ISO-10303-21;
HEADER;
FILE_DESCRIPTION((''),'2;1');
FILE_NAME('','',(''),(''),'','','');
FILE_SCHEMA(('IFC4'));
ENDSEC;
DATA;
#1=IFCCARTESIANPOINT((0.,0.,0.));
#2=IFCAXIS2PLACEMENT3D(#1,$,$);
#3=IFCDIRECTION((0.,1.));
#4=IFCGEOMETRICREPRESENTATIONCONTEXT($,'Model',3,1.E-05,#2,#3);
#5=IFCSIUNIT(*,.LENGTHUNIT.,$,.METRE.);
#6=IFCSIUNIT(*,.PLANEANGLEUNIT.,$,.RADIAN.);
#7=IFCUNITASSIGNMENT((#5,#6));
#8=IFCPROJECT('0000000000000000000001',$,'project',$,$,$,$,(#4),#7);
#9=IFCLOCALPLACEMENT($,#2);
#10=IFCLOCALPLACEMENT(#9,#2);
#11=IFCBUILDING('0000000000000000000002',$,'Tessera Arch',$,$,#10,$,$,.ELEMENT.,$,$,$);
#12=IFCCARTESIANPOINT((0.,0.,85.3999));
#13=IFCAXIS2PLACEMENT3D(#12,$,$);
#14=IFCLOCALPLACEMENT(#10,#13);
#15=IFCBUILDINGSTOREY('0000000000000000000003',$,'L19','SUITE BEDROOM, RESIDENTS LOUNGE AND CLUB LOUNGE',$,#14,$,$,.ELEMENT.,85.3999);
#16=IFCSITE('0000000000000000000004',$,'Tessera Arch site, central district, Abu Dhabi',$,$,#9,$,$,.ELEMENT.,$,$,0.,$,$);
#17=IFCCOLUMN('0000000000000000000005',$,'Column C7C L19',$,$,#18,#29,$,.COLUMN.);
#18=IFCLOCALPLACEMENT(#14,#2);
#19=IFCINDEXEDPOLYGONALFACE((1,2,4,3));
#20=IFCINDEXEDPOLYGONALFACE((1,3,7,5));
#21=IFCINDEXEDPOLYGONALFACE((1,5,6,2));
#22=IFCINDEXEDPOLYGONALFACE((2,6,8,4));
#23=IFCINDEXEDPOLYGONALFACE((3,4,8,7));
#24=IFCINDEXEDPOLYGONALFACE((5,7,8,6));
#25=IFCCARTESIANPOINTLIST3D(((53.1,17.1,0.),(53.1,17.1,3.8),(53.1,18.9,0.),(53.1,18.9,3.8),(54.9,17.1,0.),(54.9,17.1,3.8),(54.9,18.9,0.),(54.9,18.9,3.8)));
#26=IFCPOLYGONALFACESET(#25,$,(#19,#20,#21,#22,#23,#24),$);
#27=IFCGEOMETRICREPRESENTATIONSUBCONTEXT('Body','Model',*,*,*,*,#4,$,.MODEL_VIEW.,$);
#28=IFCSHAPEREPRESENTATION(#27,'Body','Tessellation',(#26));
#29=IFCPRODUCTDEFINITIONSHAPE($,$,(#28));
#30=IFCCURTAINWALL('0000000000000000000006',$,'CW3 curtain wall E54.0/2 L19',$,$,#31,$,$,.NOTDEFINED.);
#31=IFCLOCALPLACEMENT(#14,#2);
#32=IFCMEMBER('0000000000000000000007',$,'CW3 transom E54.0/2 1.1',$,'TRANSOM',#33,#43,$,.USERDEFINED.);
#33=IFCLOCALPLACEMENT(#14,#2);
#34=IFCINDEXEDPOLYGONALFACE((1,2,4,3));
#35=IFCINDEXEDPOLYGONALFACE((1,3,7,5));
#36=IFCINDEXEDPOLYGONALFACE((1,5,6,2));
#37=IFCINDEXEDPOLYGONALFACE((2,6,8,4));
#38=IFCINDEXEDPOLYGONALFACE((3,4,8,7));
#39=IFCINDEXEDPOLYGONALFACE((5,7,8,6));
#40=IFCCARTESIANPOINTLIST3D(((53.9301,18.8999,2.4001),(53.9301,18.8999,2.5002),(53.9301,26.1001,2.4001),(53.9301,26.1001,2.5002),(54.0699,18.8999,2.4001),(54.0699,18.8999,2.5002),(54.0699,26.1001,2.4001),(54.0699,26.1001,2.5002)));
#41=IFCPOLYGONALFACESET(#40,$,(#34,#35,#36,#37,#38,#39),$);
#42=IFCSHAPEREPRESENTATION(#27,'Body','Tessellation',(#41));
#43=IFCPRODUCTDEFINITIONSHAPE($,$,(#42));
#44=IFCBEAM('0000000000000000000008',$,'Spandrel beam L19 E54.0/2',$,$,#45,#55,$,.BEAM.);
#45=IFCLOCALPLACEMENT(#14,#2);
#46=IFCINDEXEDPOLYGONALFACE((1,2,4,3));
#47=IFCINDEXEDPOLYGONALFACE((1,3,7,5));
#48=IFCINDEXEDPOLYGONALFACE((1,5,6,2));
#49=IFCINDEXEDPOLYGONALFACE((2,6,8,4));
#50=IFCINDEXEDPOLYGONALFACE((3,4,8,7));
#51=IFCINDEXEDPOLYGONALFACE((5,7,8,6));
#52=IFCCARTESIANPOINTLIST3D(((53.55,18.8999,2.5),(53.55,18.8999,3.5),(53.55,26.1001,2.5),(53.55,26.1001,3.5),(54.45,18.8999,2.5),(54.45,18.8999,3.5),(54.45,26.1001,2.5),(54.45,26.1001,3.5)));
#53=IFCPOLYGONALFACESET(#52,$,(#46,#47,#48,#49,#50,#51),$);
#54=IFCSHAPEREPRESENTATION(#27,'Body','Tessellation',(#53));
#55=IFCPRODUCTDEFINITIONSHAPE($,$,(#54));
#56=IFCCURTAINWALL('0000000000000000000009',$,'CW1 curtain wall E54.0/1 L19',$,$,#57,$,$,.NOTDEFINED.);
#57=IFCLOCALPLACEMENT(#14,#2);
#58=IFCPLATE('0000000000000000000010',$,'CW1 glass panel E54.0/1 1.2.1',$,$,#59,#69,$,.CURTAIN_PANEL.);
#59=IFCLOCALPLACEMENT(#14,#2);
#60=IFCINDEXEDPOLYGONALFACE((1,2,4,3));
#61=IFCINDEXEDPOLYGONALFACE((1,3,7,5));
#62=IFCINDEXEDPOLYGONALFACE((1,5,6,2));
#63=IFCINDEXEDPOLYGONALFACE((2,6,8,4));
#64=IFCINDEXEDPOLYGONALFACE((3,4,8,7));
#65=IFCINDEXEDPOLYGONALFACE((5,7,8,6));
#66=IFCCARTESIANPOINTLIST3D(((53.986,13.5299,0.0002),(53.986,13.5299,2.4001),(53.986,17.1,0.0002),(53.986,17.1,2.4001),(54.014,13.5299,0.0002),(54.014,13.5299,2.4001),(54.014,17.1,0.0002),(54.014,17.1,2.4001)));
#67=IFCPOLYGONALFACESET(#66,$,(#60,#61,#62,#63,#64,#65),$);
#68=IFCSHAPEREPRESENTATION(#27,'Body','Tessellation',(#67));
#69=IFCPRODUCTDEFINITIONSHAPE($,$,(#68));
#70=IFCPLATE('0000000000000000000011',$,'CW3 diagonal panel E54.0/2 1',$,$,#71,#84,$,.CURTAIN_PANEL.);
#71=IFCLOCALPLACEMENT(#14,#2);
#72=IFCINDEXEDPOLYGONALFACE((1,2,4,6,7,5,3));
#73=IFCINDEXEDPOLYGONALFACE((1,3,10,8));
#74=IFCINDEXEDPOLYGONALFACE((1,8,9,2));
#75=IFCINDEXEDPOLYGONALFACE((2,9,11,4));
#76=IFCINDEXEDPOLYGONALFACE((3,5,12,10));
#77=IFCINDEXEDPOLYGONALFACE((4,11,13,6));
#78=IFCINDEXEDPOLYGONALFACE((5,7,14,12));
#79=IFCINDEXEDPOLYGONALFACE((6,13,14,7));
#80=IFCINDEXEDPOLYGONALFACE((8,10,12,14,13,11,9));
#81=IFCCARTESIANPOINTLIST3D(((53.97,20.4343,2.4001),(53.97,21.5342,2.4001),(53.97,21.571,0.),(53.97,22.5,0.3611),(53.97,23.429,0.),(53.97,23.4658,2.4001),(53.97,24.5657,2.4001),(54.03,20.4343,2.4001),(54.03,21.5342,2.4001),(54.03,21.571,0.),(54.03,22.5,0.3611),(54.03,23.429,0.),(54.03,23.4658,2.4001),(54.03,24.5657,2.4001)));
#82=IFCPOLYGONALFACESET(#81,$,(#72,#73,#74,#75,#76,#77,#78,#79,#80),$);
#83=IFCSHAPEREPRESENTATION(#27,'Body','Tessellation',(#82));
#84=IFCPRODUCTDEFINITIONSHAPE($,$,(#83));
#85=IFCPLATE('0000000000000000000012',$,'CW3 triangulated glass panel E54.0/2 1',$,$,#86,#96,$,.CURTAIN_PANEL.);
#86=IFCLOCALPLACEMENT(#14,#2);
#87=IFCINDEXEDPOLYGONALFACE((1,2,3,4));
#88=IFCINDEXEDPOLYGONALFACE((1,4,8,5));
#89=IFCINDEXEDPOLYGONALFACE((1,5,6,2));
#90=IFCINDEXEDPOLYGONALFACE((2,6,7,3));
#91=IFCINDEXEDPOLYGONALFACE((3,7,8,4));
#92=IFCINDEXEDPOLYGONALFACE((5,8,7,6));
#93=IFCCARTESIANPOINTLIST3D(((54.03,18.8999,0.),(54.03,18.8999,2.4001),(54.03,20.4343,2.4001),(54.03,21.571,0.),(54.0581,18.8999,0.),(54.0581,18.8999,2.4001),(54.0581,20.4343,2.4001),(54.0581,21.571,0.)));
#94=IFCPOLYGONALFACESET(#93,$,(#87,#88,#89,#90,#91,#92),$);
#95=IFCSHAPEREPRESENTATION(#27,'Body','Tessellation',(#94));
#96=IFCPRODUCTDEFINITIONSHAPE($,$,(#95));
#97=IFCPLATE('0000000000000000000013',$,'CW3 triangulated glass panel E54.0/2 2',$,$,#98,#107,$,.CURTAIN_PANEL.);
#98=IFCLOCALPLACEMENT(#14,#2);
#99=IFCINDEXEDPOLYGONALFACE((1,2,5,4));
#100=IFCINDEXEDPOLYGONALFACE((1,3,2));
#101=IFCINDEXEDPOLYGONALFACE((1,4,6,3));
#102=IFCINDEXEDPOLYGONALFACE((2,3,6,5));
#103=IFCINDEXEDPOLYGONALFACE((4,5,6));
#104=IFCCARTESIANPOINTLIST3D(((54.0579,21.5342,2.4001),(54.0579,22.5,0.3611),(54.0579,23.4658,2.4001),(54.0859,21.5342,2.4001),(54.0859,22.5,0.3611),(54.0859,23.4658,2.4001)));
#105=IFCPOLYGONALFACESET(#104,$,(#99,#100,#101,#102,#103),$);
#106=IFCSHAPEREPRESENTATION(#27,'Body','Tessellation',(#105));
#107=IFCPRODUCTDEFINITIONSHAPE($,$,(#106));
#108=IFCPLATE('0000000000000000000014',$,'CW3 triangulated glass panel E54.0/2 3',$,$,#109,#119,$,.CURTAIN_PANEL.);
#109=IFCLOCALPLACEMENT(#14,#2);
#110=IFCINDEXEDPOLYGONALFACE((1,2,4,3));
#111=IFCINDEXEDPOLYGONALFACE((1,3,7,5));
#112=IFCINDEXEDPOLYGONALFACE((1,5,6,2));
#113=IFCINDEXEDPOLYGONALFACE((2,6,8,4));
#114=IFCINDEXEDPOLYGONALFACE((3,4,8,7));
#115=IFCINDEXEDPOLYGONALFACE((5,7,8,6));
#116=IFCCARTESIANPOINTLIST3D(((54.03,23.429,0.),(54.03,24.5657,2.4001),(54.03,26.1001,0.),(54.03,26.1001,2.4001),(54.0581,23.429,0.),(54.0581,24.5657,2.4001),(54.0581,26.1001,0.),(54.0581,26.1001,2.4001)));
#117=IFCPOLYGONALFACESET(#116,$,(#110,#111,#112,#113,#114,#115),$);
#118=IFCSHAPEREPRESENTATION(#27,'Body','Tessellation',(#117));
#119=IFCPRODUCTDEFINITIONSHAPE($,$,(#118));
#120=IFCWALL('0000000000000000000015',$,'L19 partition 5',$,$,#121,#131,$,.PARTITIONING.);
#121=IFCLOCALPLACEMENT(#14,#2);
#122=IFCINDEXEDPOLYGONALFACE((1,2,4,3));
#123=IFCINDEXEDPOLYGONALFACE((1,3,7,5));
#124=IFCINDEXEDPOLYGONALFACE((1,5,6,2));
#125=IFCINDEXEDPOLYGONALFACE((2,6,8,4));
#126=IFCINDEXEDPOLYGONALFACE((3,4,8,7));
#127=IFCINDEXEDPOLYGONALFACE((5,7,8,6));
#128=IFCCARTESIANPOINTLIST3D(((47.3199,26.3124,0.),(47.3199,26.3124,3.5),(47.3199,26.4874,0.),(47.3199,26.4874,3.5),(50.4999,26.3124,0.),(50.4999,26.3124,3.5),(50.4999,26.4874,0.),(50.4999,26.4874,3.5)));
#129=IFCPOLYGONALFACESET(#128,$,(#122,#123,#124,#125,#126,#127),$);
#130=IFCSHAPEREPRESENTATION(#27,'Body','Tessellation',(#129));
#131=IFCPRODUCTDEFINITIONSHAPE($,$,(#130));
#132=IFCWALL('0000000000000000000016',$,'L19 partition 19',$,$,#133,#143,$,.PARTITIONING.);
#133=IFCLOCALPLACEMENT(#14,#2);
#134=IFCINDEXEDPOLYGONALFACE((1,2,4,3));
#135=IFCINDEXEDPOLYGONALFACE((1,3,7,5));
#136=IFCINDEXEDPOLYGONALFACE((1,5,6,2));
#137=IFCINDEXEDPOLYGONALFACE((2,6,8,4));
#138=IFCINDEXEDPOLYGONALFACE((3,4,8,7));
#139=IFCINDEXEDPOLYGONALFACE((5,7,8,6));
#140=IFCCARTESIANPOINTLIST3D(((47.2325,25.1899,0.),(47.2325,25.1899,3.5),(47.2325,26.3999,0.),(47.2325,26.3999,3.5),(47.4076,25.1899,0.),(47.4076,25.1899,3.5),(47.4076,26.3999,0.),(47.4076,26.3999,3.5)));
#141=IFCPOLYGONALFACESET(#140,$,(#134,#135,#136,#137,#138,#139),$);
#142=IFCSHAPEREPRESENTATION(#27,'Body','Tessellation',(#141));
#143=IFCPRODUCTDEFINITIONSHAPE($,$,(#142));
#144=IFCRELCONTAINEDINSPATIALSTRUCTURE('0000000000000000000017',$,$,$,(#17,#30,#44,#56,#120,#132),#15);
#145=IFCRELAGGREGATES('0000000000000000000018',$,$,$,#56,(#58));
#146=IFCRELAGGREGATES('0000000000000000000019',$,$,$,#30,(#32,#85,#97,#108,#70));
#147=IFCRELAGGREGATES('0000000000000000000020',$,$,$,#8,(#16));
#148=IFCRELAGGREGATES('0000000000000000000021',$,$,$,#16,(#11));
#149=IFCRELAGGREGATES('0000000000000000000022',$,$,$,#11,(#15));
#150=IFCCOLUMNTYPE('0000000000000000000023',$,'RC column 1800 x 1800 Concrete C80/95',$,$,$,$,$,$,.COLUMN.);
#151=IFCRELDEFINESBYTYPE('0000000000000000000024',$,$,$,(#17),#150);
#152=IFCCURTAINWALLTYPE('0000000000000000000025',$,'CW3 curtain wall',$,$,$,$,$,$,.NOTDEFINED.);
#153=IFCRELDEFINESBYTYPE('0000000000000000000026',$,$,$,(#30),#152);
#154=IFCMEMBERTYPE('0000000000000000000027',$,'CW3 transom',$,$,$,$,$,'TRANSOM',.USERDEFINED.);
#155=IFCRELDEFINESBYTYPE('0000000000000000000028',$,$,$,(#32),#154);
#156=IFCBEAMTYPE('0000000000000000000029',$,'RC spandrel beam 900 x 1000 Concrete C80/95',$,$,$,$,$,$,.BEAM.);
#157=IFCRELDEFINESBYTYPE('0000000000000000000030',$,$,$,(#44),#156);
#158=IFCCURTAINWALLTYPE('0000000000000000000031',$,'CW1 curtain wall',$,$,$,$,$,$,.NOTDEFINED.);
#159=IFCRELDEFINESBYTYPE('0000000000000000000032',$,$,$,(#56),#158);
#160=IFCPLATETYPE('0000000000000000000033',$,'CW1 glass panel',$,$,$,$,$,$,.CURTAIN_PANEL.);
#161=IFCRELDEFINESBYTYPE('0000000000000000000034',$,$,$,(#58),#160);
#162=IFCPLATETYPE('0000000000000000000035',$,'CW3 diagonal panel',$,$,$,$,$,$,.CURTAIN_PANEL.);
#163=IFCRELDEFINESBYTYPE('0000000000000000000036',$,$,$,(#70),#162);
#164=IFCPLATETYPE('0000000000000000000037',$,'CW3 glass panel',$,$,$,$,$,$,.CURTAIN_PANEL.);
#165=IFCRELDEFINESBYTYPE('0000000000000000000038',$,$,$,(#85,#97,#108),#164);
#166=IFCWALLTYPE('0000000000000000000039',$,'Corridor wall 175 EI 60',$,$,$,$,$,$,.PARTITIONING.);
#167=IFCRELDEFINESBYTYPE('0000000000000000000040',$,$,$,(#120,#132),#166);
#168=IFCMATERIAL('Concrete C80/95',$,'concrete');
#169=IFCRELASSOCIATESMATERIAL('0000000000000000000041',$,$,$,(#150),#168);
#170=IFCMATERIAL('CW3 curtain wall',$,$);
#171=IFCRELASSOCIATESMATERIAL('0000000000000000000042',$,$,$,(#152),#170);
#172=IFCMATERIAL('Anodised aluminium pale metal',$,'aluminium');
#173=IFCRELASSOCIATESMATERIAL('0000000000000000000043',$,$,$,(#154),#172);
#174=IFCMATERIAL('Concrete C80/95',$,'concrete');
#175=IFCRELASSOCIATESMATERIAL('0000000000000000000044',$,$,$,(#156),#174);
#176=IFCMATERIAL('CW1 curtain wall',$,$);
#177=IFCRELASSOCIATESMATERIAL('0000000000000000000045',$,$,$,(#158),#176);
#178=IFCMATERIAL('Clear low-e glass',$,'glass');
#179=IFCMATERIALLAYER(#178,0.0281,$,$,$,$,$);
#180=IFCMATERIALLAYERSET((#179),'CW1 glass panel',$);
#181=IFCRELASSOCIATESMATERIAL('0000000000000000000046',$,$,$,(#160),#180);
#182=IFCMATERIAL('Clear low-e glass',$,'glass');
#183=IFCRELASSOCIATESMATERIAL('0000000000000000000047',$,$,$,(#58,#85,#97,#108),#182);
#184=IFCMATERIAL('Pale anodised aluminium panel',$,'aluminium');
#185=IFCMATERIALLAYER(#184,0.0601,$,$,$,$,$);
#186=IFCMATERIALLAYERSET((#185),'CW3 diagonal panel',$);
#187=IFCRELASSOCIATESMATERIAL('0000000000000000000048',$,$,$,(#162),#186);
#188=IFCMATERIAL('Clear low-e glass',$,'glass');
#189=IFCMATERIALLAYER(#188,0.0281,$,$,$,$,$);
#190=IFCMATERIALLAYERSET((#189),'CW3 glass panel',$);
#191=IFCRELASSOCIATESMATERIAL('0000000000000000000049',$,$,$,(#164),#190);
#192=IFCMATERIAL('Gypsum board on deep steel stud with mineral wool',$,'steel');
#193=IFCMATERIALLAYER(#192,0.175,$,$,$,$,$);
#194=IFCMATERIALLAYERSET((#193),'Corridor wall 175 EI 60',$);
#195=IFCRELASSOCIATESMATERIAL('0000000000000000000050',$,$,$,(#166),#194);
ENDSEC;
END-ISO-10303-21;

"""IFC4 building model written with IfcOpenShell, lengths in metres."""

from ifc_helpers import new_model, si_unit, direction, frame, frame_2d, origin, origin_2d, place, context, subcontext, project, spatial, polyline, rectangle, outline, extrude, material, layer, layer_set, material_profile, profile_set, type_object, element, aggregate, save


model = new_model("IFC4")

# Units and contexts
model_context = context("Model", 3, precision=1e-05, world=origin(), true_north=direction((0.0, 1.0)))
body_context = subcontext(model_context, "Body", "Model", "MODEL_VIEW")
ifc_project = project(units=[si_unit("LENGTHUNIT", "METRE"), si_unit("PLANEANGLEUNIT", "RADIAN")], contexts=[model_context])

# Site, building, storey
site_placement = place(None, origin())
site = spatial("IfcSite", under=ifc_project, at=site_placement, Name="Tessera Arch site, central district, Abu Dhabi", CompositionType="ELEMENT", RefElevation=0.0)
building_placement = place(site_placement, origin())
building = spatial("IfcBuilding", under=site, at=building_placement, Name="Tessera Arch", CompositionType="ELEMENT")
storey_placement = place(building_placement, frame((0.0, 0.0, 85.3999)))
storey = spatial("IfcBuildingStorey", under=building, at=storey_placement, Name="L19", Description="SUITE BEDROOM, RESIDENTS LOUNGE AND CLUB LOUNGE", CompositionType="ELEMENT", Elevation=85.3999)

# Column
ifc_material_1 = material(Name="Concrete C80/95", Category="concrete")
ifc_material_profile_1 = material_profile(ifc_material_1, rectangle(XDim=1.8, YDim=1.8, at=origin_2d()), Name="RC column 1800 x 1800 Concrete C80/95")
ifc_profile_set_1 = profile_set([ifc_material_profile_1], Name="Concrete C80/95")
column_type = type_object("IfcColumnType", Name="RC column 1800 x 1800 Concrete C80/95", PredefinedType="COLUMN", material=ifc_profile_set_1)
column_placement = place(storey_placement, frame((54.0, 18.0, 0.0), z_axis=(0.0, 0.0, 1.0), x_axis=(1.0, 0.0, 0.0)))
element("IfcColumn", 1, at=column_placement, inside=storey, type_object=column_type, Name="Column C7C L19", PredefinedType="COLUMN", context=body_context, shape_type="SweptSolid", body=[
    extrude(rectangle(XDim=1.8, YDim=1.8, at=origin_2d()), origin(), (0.0, 0.0, 1.0), 3.8),
])

# Curtain wall, member
ifc_material_2 = material(Name="CW3 curtain wall")
curtain_wall_type_1 = type_object("IfcCurtainWallType", Name="CW3 curtain wall", PredefinedType="NOTDEFINED", material=ifc_material_2)
curtain_wall_1_placement = place(storey_placement, origin())
curtain_wall_1 = element("IfcCurtainWall", 2, at=curtain_wall_1_placement, inside=storey, type_object=curtain_wall_type_1, Name="CW3 curtain wall E54.0/2 L19", PredefinedType="NOTDEFINED")
ifc_material_3 = material(Name="Anodised aluminium pale metal", Category="aluminium")
ifc_material_profile_2 = material_profile(ifc_material_3, rectangle(XDim=0.1399, YDim=0.1001, at=origin_2d()), Name="AL 140x100")
ifc_profile_set_2 = profile_set([ifc_material_profile_2], Name="Anodised aluminium pale metal")
member_type = type_object("IfcMemberType", Name="CW3 transom", ElementType="TRANSOM", PredefinedType="USERDEFINED", material=ifc_profile_set_2)
member_placement = place(storey_placement, frame((54.0, 18.8999, 2.4502), z_axis=(0.0, 1.0, 0.0), x_axis=(-1.0, 0.0, 0.0)))
member = element("IfcMember", 3, at=member_placement, type_object=member_type, Name="CW3 transom E54.0/2 1.1", ObjectType="TRANSOM", PredefinedType="USERDEFINED", context=body_context, shape_type="SweptSolid", body=[
    extrude(rectangle(XDim=0.1399, YDim=0.1001, at=origin_2d()), origin(), (0.0, 0.0, 1.0), 7.2002),
])

# Beam
ifc_material_4 = material(Name="Concrete C80/95", Category="concrete")
ifc_material_profile_3 = material_profile(ifc_material_4, rectangle(XDim=0.8999, YDim=1.0, at=origin_2d()), Name="RC spandrel beam 900 x 1000 Concrete C80/95")
ifc_profile_set_3 = profile_set([ifc_material_profile_3], Name="Concrete C80/95")
beam_type = type_object("IfcBeamType", Name="RC spandrel beam 900 x 1000 Concrete C80/95", PredefinedType="BEAM", material=ifc_profile_set_3)
beam_placement = place(storey_placement, frame((54.0, 18.8999, 3.0), z_axis=(0.0, 1.0, 0.0), x_axis=(-1.0, 0.0, 0.0)))
element("IfcBeam", 4, at=beam_placement, inside=storey, type_object=beam_type, Name="Spandrel beam L19 E54.0/2", PredefinedType="BEAM", context=body_context, shape_type="SweptSolid", body=[
    extrude(rectangle(XDim=0.8999, YDim=1.0, at=origin_2d()), origin(), (0.0, 0.0, 1.0), 7.2002),
])

# Curtain wall, plate
ifc_material_5 = material(Name="CW1 curtain wall")
curtain_wall_type_2 = type_object("IfcCurtainWallType", Name="CW1 curtain wall", PredefinedType="NOTDEFINED", material=ifc_material_5)
curtain_wall_2_placement = place(storey_placement, origin())
curtain_wall_2 = element("IfcCurtainWall", 5, at=curtain_wall_2_placement, inside=storey, type_object=curtain_wall_type_2, Name="CW1 curtain wall E54.0/1 L19", PredefinedType="NOTDEFINED")
ifc_material_6 = material(Name="Clear low-e glass", Category="glass")
ifc_material_7 = material(Name="Clear low-e glass", Category="glass")
ifc_layer_1 = layer(ifc_material_7, 0.0281)
ifc_layer_set_1 = layer_set([ifc_layer_1], Name="CW1 glass panel")
plate_type_1 = type_object("IfcPlateType", Name="CW1 glass panel", PredefinedType="CURTAIN_PANEL", material=ifc_layer_set_1)
plate_1_placement = place(storey_placement, frame((54.0, 15.3149, 0.0002), z_axis=(0.0, 0.0, 1.0), x_axis=(0.0, 1.0, 0.0)))
plate_1 = element("IfcPlate", 6, at=plate_1_placement, type_object=plate_type_1, material=ifc_material_6, Name="CW1 glass panel E54.0/1 1.2.1", PredefinedType="CURTAIN_PANEL", context=body_context, shape_type="SweptSolid", body=[
    extrude(rectangle(XDim=3.5701, YDim=0.0281, at=origin_2d()), origin(), (0.0, 0.0, 1.0), 2.3999),
])
aggregate(curtain_wall_2, [plate_1])

# Plates
ifc_material_8 = material(Name="Pale anodised aluminium panel", Category="aluminium")
ifc_layer_2 = layer(ifc_material_8, 0.0601)
ifc_layer_set_2 = layer_set([ifc_layer_2], Name="CW3 diagonal panel")
plate_type_2 = type_object("IfcPlateType", Name="CW3 diagonal panel", PredefinedType="CURTAIN_PANEL", material=ifc_layer_set_2)
plate_2_placement = place(storey_placement, frame((54.03, 24.5657, 2.4001), z_axis=(1.0, 0.0, 0.0), x_axis=(0.0, -1.0, 0.0)))
plate_2 = element("IfcPlate", 7, at=plate_2_placement, type_object=plate_type_2, Name="CW3 diagonal panel E54.0/2 1", PredefinedType="CURTAIN_PANEL", context=body_context, shape_type="SweptSolid", body=[
    extrude(outline(polyline([(0.0, 0.0), (1.0999, 0.0), (2.0657, 2.0391), (3.0315, 0.0), (4.1313, 0.0), (2.9946, 2.4001), (1.1367, 2.4001), (0.0, 0.0)])), origin(), (0.0, 0.0, -1.0), 0.0601),
])
ifc_material_9 = material(Name="Clear low-e glass", Category="glass")
ifc_layer_3 = layer(ifc_material_9, 0.0281)
ifc_layer_set_3 = layer_set([ifc_layer_3], Name="CW3 glass panel")
plate_type_3 = type_object("IfcPlateType", Name="CW3 glass panel", PredefinedType="CURTAIN_PANEL", material=ifc_layer_set_3)
plate_3_placement = place(storey_placement, frame((54.0581, 18.8999, 0.0), z_axis=(1.0, 0.0, 0.0), x_axis=(0.0, 1.0, 0.0)))
plate_3 = element("IfcPlate", 8, at=plate_3_placement, type_object=plate_type_3, material=ifc_material_6, Name="CW3 triangulated glass panel E54.0/2 1", PredefinedType="CURTAIN_PANEL", context=body_context, shape_type="SweptSolid", body=[
    extrude(outline(polyline([(0.0, 0.0), (2.6711, 0.0), (1.5344, 2.4001), (0.0, 2.4001), (0.0, 0.0)])), origin(), (0.0, 0.0, -1.0), 0.0281),
])
plate_4_placement = place(storey_placement, frame((54.0859, 23.4658, 2.4001), z_axis=(1.0, 0.0, 0.0), x_axis=(0.0, -1.0, 0.0)))
plate_4 = element("IfcPlate", 9, at=plate_4_placement, type_object=plate_type_3, material=ifc_material_6, Name="CW3 triangulated glass panel E54.0/2 2", PredefinedType="CURTAIN_PANEL", context=body_context, shape_type="SweptSolid", body=[
    extrude(outline(polyline([(0.0, 0.0), (1.9316, 0.0), (0.9658, 2.0391), (0.0, 0.0)])), origin(), (0.0, 0.0, -1.0), 0.0281),
])
plate_5_placement = place(storey_placement, frame((54.0581, 26.1001, 2.4001), z_axis=(1.0, 0.0, 0.0), x_axis=(0.0, -1.0, 0.0)))
plate_5 = element("IfcPlate", 10, at=plate_5_placement, type_object=plate_type_3, material=ifc_material_6, Name="CW3 triangulated glass panel E54.0/2 3", PredefinedType="CURTAIN_PANEL", context=body_context, shape_type="SweptSolid", body=[
    extrude(outline(polyline([(0.0, 0.0), (1.5344, 0.0), (2.6711, 2.4001), (0.0, 2.4001), (0.0, 0.0)])), origin(), (0.0, 0.0, -1.0), 0.0281),
])
aggregate(curtain_wall_1, [member, plate_3, plate_4, plate_5, plate_2])

# Walls
ifc_material_10 = material(Name="Gypsum board on deep steel stud with mineral wool", Category="steel")
ifc_layer_4 = layer(ifc_material_10, 0.175)
ifc_layer_set_4 = layer_set([ifc_layer_4], Name="Corridor wall 175 EI 60")
wall_type_1 = type_object("IfcWallType", Name="Corridor wall 175 EI 60", PredefinedType="PARTITIONING", material=ifc_layer_set_4)
wall_1_placement = place(storey_placement, frame((47.3201, 26.3999, 0.0), z_axis=(0.0, 0.0, 1.0), x_axis=(1.0, 0.0, 0.0)))
element("IfcWall", 11, at=wall_1_placement, inside=storey, type_object=wall_type_1, Name="L19 partition 5", PredefinedType="PARTITIONING", context=body_context, shape_type="SweptSolid", body=[
    extrude(rectangle(XDim=3.1799, YDim=0.175, at=frame_2d((1.5898, 0.0))), origin(), (0.0, 0.0, 1.0), 3.5),
])
wall_2_placement = place(storey_placement, frame((47.3201, 25.1899, 0.0), z_axis=(0.0, 0.0, 1.0), x_axis=(0.0, 1.0, 0.0)))
element("IfcWall", 12, at=wall_2_placement, inside=storey, type_object=wall_type_1, Name="L19 partition 19", PredefinedType="PARTITIONING", context=body_context, shape_type="SweptSolid", body=[
    extrude(rectangle(XDim=1.21, YDim=0.175, at=frame_2d((0.605, 0.0))), origin(), (0.0, 0.0, 1.0), 3.5),
])

save(model, "model.ifc")
